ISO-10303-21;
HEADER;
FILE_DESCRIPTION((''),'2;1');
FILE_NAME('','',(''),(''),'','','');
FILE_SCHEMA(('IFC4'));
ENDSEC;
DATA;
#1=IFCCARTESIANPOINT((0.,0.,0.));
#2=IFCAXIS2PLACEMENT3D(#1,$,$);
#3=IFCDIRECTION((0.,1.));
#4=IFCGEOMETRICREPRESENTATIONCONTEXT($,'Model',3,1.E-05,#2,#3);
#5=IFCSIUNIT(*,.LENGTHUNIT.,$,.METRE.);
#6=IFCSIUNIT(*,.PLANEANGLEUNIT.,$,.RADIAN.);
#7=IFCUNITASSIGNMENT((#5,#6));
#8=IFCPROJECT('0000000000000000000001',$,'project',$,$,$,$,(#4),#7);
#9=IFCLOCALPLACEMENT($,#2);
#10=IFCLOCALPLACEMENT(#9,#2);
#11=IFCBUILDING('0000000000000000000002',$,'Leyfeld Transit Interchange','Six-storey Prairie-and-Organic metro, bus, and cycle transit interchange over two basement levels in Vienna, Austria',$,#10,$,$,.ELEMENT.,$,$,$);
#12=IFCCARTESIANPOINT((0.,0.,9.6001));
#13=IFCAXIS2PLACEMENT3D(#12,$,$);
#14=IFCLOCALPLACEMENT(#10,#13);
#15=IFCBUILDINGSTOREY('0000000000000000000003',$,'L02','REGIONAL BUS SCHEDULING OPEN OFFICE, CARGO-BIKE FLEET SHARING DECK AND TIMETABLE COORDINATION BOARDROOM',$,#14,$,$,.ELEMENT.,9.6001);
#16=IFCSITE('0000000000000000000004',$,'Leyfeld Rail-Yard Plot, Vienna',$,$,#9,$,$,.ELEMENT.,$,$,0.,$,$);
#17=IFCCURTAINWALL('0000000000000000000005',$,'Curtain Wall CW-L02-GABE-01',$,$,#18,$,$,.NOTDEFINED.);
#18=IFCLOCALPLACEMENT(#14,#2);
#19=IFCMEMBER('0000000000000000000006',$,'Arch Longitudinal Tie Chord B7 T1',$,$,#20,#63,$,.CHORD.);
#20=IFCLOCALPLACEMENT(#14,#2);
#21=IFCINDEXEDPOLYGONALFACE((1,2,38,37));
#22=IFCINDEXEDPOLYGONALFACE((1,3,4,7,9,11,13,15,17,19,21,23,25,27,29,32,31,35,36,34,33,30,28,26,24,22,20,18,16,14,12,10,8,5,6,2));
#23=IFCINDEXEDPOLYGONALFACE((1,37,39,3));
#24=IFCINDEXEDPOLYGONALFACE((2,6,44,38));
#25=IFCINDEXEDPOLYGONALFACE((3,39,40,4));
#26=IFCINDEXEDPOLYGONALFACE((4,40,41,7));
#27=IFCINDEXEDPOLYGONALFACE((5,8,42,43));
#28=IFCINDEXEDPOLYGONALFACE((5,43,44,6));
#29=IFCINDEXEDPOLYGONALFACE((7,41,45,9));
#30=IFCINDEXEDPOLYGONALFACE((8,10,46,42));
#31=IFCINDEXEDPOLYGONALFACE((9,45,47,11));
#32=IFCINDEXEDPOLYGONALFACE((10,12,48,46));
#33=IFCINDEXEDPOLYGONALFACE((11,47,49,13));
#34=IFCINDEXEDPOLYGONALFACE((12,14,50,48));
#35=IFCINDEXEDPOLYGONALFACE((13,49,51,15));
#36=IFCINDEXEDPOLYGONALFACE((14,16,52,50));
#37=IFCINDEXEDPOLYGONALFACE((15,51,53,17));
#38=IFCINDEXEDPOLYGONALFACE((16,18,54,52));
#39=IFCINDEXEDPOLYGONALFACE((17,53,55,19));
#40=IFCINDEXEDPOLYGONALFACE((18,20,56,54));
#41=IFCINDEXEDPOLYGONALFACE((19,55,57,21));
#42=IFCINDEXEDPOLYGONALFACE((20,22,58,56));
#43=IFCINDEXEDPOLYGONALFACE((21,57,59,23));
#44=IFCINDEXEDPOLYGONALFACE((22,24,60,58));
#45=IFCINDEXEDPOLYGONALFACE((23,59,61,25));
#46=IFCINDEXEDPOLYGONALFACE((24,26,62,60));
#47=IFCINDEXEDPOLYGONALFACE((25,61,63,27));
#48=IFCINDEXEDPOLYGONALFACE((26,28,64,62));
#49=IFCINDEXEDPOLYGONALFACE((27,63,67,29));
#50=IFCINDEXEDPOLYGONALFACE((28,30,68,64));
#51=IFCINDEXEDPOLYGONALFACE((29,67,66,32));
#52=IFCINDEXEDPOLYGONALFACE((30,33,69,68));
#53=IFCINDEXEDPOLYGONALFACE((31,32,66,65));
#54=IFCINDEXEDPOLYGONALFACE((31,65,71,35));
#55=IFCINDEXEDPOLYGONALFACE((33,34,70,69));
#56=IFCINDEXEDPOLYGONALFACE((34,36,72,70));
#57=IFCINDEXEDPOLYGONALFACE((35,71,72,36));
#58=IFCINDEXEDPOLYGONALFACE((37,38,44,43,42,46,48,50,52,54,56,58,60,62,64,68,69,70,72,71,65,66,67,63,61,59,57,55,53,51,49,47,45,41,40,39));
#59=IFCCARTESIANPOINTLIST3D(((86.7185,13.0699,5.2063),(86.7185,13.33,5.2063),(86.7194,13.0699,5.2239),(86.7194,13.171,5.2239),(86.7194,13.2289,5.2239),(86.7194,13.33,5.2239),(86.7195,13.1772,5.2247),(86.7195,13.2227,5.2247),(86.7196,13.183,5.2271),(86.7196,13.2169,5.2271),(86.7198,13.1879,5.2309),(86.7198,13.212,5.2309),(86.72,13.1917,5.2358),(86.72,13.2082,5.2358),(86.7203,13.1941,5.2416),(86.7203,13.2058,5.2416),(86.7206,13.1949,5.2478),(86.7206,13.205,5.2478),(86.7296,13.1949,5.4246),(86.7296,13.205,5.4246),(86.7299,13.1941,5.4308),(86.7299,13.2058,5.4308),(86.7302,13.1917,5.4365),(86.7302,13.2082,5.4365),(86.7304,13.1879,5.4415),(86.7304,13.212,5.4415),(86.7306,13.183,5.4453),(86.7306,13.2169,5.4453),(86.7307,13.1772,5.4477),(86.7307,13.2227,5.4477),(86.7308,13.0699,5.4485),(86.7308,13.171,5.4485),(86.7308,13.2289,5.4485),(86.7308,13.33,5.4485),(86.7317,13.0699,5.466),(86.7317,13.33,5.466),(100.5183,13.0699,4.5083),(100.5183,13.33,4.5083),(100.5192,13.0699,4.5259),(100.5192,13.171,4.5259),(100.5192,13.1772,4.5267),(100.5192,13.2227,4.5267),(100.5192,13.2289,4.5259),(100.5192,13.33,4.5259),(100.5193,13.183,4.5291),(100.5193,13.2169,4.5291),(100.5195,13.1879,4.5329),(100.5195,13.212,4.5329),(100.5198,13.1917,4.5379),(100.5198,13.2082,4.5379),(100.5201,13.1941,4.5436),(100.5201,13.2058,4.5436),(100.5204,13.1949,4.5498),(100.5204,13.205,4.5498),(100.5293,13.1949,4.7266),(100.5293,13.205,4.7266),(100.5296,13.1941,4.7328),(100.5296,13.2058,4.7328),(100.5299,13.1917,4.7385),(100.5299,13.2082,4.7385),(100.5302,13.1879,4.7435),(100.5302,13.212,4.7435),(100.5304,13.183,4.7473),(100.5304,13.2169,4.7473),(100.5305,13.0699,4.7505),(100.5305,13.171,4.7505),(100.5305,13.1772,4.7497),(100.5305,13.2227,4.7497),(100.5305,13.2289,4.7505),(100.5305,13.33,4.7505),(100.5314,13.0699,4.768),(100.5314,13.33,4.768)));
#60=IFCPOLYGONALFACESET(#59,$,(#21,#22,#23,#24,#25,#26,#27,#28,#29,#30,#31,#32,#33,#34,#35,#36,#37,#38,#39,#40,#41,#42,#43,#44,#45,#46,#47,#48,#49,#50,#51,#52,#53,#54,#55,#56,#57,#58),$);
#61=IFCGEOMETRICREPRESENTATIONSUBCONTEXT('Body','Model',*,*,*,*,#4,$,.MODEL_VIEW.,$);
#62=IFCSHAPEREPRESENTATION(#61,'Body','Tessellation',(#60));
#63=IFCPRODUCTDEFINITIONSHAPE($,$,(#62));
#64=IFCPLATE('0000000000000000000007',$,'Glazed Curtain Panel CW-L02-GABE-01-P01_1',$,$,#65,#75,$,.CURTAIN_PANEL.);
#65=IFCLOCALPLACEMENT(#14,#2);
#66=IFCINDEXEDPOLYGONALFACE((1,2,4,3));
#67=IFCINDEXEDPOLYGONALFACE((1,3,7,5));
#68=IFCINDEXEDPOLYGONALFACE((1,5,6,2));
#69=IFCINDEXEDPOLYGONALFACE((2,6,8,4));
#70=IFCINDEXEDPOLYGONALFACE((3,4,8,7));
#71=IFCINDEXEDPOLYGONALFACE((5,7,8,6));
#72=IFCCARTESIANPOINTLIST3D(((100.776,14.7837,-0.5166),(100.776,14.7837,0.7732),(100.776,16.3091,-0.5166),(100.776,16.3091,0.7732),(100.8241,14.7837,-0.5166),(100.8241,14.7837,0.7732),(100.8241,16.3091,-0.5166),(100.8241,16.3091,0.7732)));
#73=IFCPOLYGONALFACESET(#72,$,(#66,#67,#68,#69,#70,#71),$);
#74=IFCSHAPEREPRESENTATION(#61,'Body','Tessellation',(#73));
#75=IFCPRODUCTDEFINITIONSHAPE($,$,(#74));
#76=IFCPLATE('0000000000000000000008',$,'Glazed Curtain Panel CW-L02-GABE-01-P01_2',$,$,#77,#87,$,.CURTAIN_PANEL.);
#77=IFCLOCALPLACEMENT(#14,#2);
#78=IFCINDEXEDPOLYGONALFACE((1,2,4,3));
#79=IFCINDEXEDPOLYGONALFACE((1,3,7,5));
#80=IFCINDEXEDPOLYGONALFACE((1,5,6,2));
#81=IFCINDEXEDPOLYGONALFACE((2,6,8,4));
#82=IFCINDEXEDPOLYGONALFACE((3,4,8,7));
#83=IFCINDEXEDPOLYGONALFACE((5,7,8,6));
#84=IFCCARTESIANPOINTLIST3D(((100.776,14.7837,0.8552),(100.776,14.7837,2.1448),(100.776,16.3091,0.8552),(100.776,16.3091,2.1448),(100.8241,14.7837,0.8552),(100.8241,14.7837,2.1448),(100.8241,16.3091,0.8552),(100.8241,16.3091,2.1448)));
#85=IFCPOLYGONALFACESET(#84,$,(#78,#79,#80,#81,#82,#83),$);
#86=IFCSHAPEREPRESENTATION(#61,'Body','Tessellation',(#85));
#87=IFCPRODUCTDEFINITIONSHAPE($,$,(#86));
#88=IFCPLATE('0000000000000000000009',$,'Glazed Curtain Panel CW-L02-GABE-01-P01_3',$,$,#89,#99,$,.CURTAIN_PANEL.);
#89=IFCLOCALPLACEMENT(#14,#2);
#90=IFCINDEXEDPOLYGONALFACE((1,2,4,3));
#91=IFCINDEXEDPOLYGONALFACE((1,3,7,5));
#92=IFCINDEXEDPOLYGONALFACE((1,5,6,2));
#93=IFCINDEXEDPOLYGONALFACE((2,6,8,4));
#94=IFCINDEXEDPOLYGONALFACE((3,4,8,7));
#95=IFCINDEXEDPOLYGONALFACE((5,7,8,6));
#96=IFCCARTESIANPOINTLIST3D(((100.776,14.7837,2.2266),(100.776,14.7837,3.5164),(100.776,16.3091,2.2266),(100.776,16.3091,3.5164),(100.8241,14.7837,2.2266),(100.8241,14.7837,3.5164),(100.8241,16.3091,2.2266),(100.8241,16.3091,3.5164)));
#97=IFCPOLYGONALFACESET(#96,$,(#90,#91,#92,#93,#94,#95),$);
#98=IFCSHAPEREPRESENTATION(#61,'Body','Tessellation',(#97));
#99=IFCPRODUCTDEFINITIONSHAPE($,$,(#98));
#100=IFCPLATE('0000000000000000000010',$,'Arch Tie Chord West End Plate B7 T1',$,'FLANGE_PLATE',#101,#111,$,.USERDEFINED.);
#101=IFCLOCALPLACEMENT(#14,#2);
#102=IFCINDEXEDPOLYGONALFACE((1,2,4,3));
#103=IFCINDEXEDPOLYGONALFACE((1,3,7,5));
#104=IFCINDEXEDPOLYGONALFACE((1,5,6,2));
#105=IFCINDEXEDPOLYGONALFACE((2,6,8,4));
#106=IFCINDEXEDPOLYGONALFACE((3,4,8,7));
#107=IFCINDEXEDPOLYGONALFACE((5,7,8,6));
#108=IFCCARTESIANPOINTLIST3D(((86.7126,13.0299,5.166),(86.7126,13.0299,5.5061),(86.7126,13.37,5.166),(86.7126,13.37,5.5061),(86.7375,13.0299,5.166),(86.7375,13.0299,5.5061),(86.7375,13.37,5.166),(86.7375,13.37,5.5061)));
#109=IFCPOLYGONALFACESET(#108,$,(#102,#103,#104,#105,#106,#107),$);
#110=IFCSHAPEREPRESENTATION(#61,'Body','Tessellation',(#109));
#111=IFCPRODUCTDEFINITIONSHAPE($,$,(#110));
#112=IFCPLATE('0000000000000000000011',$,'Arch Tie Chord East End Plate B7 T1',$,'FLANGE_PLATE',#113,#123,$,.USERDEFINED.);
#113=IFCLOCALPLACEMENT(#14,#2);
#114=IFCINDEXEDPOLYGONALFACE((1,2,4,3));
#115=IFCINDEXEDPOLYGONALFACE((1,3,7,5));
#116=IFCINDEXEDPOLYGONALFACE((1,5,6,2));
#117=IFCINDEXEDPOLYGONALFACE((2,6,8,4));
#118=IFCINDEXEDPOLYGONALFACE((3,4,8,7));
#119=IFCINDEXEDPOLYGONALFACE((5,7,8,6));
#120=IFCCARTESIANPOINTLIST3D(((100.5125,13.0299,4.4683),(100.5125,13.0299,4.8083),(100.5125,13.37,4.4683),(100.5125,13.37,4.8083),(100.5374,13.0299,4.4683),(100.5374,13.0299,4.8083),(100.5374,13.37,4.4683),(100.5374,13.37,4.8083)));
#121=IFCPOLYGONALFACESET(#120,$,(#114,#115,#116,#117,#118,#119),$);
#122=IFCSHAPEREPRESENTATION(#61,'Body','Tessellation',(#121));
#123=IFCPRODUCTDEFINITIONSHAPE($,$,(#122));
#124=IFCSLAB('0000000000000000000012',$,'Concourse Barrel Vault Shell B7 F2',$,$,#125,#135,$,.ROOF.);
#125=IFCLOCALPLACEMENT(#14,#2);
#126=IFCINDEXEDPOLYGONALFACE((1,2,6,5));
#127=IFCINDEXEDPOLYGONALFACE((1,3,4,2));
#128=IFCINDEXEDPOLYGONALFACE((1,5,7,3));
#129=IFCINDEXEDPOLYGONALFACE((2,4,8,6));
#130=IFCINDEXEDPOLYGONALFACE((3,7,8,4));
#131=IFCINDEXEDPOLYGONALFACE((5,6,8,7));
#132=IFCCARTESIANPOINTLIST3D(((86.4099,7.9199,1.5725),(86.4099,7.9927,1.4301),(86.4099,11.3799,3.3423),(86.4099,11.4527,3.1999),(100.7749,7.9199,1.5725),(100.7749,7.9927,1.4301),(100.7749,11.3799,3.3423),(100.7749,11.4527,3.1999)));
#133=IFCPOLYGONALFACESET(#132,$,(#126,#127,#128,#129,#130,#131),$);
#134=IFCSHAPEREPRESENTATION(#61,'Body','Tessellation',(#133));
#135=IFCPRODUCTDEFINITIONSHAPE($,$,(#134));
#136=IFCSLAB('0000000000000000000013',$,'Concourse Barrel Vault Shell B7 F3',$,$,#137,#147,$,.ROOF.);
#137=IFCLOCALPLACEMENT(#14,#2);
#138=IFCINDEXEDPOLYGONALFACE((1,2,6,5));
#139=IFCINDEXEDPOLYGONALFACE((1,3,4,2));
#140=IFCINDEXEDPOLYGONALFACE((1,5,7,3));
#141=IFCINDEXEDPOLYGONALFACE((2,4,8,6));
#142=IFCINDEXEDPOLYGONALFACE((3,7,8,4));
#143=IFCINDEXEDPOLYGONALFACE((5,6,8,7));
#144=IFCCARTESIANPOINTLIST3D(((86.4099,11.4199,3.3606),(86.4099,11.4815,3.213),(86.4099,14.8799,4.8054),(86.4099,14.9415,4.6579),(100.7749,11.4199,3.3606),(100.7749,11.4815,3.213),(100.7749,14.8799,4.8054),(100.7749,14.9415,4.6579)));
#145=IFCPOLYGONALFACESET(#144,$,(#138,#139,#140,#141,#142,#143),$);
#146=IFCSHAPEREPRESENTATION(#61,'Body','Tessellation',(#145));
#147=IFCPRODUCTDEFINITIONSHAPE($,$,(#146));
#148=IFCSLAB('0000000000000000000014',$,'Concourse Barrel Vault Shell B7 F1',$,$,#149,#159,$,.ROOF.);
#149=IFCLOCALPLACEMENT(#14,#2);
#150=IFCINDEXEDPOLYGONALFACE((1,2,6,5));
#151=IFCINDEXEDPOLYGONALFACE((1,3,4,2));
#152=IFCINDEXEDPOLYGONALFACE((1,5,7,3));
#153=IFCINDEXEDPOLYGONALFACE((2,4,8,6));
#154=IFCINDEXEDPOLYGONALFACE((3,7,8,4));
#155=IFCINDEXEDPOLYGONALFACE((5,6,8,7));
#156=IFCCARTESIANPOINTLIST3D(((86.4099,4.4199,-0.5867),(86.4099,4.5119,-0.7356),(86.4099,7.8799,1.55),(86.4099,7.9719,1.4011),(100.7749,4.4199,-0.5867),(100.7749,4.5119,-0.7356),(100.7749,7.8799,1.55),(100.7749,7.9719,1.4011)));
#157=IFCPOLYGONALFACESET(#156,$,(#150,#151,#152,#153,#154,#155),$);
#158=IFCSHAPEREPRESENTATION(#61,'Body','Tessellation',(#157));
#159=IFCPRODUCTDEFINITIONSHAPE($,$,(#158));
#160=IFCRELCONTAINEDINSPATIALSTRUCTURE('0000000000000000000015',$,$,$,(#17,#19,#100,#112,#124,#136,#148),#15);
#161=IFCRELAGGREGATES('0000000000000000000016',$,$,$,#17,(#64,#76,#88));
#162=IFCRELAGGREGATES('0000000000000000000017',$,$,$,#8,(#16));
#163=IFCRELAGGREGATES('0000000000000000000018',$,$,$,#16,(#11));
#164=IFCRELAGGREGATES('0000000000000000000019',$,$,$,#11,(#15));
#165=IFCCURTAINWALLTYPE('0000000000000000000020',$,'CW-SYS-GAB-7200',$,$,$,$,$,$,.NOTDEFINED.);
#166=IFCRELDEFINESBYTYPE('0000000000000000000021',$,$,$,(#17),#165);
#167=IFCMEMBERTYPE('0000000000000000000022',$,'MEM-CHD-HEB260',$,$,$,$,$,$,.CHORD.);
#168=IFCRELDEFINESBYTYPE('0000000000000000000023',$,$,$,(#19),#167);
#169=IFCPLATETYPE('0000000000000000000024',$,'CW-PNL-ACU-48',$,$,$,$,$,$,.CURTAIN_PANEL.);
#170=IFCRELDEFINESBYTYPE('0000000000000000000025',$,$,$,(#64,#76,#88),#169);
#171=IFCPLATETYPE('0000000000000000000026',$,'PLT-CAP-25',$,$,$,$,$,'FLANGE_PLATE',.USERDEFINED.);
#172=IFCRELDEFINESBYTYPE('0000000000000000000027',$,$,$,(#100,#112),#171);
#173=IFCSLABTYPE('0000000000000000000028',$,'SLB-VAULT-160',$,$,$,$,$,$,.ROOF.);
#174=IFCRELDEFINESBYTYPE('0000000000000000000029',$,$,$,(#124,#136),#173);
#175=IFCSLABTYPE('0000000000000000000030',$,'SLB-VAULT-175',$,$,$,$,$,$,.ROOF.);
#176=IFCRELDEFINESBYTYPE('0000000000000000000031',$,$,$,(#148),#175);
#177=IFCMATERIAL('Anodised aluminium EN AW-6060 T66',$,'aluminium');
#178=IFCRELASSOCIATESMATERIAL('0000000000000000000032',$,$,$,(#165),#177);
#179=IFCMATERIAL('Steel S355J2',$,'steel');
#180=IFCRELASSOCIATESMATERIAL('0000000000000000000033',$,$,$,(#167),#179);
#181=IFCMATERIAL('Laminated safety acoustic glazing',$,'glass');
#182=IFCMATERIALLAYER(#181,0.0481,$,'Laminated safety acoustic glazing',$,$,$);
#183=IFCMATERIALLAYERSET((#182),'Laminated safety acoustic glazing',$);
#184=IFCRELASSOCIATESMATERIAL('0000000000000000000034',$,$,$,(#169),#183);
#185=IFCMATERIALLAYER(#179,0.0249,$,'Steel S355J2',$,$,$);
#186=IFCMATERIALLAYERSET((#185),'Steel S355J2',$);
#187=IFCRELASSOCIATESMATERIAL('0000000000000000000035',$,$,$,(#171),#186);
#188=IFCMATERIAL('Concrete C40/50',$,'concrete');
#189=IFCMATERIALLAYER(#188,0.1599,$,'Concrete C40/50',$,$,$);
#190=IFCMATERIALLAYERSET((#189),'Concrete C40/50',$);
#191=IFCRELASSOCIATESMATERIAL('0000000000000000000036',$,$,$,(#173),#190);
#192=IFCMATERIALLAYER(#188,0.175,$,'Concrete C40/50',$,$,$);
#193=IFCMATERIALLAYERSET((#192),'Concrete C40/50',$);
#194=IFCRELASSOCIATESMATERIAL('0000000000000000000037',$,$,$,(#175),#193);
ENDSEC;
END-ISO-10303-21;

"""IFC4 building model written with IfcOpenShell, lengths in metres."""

from ifc_helpers import new_model, si_unit, direction, frame, origin, origin_2d, place, context, subcontext, project, spatial, polyline, rectangle, i_section, outline, extrude, material, layer, layer_set, material_profile, profile_set, type_object, element, aggregate, save


model = new_model("IFC4")

# Units and contexts
model_context = context("Model", 3, precision=1e-05, world=origin(), true_north=direction((0.0, 1.0)))
body_context = subcontext(model_context, "Body", "Model", "MODEL_VIEW")
ifc_project = project(units=[si_unit("LENGTHUNIT", "METRE"), si_unit("PLANEANGLEUNIT", "RADIAN")], contexts=[model_context])

# Site, building, storey
site_placement = place(None, origin())
site = spatial("IfcSite", under=ifc_project, at=site_placement, Name="Leyfeld Rail-Yard Plot, Vienna", CompositionType="ELEMENT", RefElevation=0.0)
building_placement = place(site_placement, origin())
building = spatial("IfcBuilding", under=site, at=building_placement, Name="Leyfeld Transit Interchange", Description="Six-storey Prairie-and-Organic metro, bus, and cycle transit interchange over two basement levels in Vienna, Austria", CompositionType="ELEMENT")
storey_placement = place(building_placement, frame((0.0, 0.0, 9.6001)))
storey = spatial("IfcBuildingStorey", under=building, at=storey_placement, Name="L02", Description="REGIONAL BUS SCHEDULING OPEN OFFICE, CARGO-BIKE FLEET SHARING DECK AND TIMETABLE COORDINATION BOARDROOM", CompositionType="ELEMENT", Elevation=9.6001)

# Shared definitions
ifc_material_1 = material(Name="Concrete C40/50", Category="concrete")

# Curtain wall
ifc_material_2 = material(Name="Anodised aluminium EN AW-6060 T66", Category="aluminium")
curtain_wall_type = type_object("IfcCurtainWallType", Name="CW-SYS-GAB-7200", PredefinedType="NOTDEFINED", material=ifc_material_2)
curtain_wall_placement = place(storey_placement, origin())
curtain_wall = element("IfcCurtainWall", 1, at=curtain_wall_placement, inside=storey, type_object=curtain_wall_type, Name="Curtain Wall CW-L02-GABE-01", PredefinedType="NOTDEFINED")

# Member
ifc_material_3 = material(Name="Steel S355J2", Category="steel")
ifc_material_profile_1 = material_profile(ifc_material_3, i_section(OverallWidth=0.26, OverallDepth=0.26, WebThickness=0.01, FlangeThickness=0.0176, FilletRadius=0.0239, at=origin_2d()), Name="HEB 260")
ifc_profile_set_1 = profile_set([ifc_material_profile_1], Name="Steel S355J2")
member_type_1 = type_object("IfcMemberType", Name="MEM-CHD-HEB260", PredefinedType="CHORD", material=ifc_profile_set_1)
member_1_placement = place(storey_placement, frame((86.7251, 13.2, 5.3362), z_axis=(0.998723, 0.0, -0.050516), x_axis=(0.0, 1.0, 0.0)))
element("IfcMember", 2, at=member_1_placement, inside=storey, type_object=member_type_1, Name="Arch Longitudinal Tie Chord B7 T1", PredefinedType="CHORD", context=body_context, shape_type="SweptSolid", body=[
    extrude(i_section(OverallWidth=0.26, OverallDepth=0.26, WebThickness=0.01, FlangeThickness=0.0176, FilletRadius=0.0239, at=origin_2d()), origin(), (0.0, 0.0, 1.0), 13.8174),
])

# Plates
ifc_material_4 = material(Name="Laminated safety acoustic glazing", Category="glass")
ifc_layer_1 = layer(ifc_material_4, 0.0481, Name="Laminated safety acoustic glazing")
ifc_layer_set_1 = layer_set([ifc_layer_1], Name="Laminated safety acoustic glazing")
plate_type_1 = type_object("IfcPlateType", Name="CW-PNL-ACU-48", PredefinedType="CURTAIN_PANEL", material=ifc_layer_set_1)
plate_1_placement = place(storey_placement, frame((100.8, 15.5464, -0.5166), z_axis=(0.0, 0.0, 1.0), x_axis=(0.0, 1.0, 0.0)))
plate_1 = element("IfcPlate", 3, at=plate_1_placement, type_object=plate_type_1, Name="Glazed Curtain Panel CW-L02-GABE-01-P01_1", PredefinedType="CURTAIN_PANEL", context=body_context, shape_type="SweptSolid", body=[
    extrude(rectangle(XDim=1.5254, YDim=0.0481, at=origin_2d()), origin(), (0.0, 0.0, 1.0), 1.2898),
])
plate_2_placement = place(storey_placement, frame((100.8, 15.5464, 0.8552), z_axis=(0.0, 0.0, 1.0), x_axis=(0.0, 1.0, 0.0)))
plate_2 = element("IfcPlate", 4, at=plate_2_placement, type_object=plate_type_1, Name="Glazed Curtain Panel CW-L02-GABE-01-P01_2", PredefinedType="CURTAIN_PANEL", context=body_context, shape_type="SweptSolid", body=[
    extrude(rectangle(XDim=1.5254, YDim=0.0481, at=origin_2d()), origin(), (0.0, 0.0, 1.0), 1.2896),
])
plate_3_placement = place(storey_placement, frame((100.8, 15.5464, 2.2266), z_axis=(0.0, 0.0, 1.0), x_axis=(0.0, 1.0, 0.0)))
plate_3 = element("IfcPlate", 5, at=plate_3_placement, type_object=plate_type_1, Name="Glazed Curtain Panel CW-L02-GABE-01-P01_3", PredefinedType="CURTAIN_PANEL", context=body_context, shape_type="SweptSolid", body=[
    extrude(rectangle(XDim=1.5254, YDim=0.0481, at=origin_2d()), origin(), (0.0, 0.0, 1.0), 1.2898),
])
aggregate(curtain_wall, [plate_1, plate_2, plate_3])

# Plates
ifc_layer_2 = layer(ifc_material_3, 0.0249, Name="Steel S355J2")
ifc_layer_set_2 = layer_set([ifc_layer_2], Name="Steel S355J2")
plate_type_2 = type_object("IfcPlateType", Name="PLT-CAP-25", ElementType="FLANGE_PLATE", PredefinedType="USERDEFINED", material=ifc_layer_set_2)
for number, where, z_axis, x_axis, name in (
    (6, (86.7251, 13.2, 5.166), (0.0, 0.0, 1.0), (0.0, 1.0, 0.0), "Arch Tie Chord West End Plate B7 T1"),
    (7, (100.5249, 13.2, 4.4683), (0.0, 0.0, 1.0), (0.0, 1.0, 0.0), "Arch Tie Chord East End Plate B7 T1"),
):
    element("IfcPlate", number, at=place(storey_placement, frame(where, z_axis=z_axis, x_axis=x_axis)), inside=storey, type_object=plate_type_2, Name=name, ObjectType="FLANGE_PLATE", PredefinedType="USERDEFINED", context=body_context, shape_type="SweptSolid", body=[
        extrude(rectangle(XDim=0.3401, YDim=0.0249, at=origin_2d()), origin(), (0.0, 0.0, 1.0), 0.3401),
    ])

# Slabs
ifc_layer_3 = layer(ifc_material_1, 0.1599, Name="Concrete C40/50")
ifc_layer_set_3 = layer_set([ifc_layer_3], Name="Concrete C40/50")
slab_type_1 = type_object("IfcSlabType", Name="SLB-VAULT-160", PredefinedType="ROOF", material=ifc_layer_set_3)
slab_1_placement = place(storey_placement, frame((86.4099, 7.9199, 1.5725), z_axis=(0.0, -0.455387, 0.890294), x_axis=(1.0, 0.0, 0.0)))
element("IfcSlab", 8, at=slab_1_placement, inside=storey, type_object=slab_type_1, Name="Concourse Barrel Vault Shell B7 F2", PredefinedType="ROOF", context=body_context, shape_type="SweptSolid", body=[
    extrude(outline(polyline([(0.0, 0.0), (14.365, 0.0), (14.365, 3.8863), (0.0, 3.8863), (0.0, 0.0)])), origin(), (0.0, 0.0, -1.0), 0.1599),
])
slab_2_placement = place(storey_placement, frame((86.4099, 11.4199, 3.3606), z_axis=(0.0, -0.385337, 0.922776), x_axis=(1.0, 0.0, 0.0)))
element("IfcSlab", 9, at=slab_2_placement, inside=storey, type_object=slab_type_1, Name="Concourse Barrel Vault Shell B7 F3", PredefinedType="ROOF", context=body_context, shape_type="SweptSolid", body=[
    extrude(outline(polyline([(0.0, 0.0), (14.365, 0.0), (14.365, 3.7495), (0.0, 3.7495), (0.0, 0.0)])), origin(), (0.0, 0.0, -1.0), 0.1599),
])
ifc_layer_4 = layer(ifc_material_1, 0.175, Name="Concrete C40/50")
ifc_layer_set_4 = layer_set([ifc_layer_4], Name="Concrete C40/50")
slab_type_2 = type_object("IfcSlabType", Name="SLB-VAULT-175", PredefinedType="ROOF", material=ifc_layer_set_4)
slab_3_placement = place(storey_placement, frame((86.4099, 4.4199, -0.5867), z_axis=(0.0, -0.525437, 0.850833), x_axis=(1.0, 0.0, 0.0)))
element("IfcSlab", 10, at=slab_3_placement, inside=storey, type_object=slab_type_2, Name="Concourse Barrel Vault Shell B7 F1", PredefinedType="ROOF", context=body_context, shape_type="SweptSolid", body=[
    extrude(outline(polyline([(0.0, 0.0), (14.365, 0.0), (14.365, 4.0666), (0.0, 4.0666), (0.0, 0.0)])), origin(), (0.0, 0.0, -1.0), 0.175),
])

save(model, "model.ifc")
